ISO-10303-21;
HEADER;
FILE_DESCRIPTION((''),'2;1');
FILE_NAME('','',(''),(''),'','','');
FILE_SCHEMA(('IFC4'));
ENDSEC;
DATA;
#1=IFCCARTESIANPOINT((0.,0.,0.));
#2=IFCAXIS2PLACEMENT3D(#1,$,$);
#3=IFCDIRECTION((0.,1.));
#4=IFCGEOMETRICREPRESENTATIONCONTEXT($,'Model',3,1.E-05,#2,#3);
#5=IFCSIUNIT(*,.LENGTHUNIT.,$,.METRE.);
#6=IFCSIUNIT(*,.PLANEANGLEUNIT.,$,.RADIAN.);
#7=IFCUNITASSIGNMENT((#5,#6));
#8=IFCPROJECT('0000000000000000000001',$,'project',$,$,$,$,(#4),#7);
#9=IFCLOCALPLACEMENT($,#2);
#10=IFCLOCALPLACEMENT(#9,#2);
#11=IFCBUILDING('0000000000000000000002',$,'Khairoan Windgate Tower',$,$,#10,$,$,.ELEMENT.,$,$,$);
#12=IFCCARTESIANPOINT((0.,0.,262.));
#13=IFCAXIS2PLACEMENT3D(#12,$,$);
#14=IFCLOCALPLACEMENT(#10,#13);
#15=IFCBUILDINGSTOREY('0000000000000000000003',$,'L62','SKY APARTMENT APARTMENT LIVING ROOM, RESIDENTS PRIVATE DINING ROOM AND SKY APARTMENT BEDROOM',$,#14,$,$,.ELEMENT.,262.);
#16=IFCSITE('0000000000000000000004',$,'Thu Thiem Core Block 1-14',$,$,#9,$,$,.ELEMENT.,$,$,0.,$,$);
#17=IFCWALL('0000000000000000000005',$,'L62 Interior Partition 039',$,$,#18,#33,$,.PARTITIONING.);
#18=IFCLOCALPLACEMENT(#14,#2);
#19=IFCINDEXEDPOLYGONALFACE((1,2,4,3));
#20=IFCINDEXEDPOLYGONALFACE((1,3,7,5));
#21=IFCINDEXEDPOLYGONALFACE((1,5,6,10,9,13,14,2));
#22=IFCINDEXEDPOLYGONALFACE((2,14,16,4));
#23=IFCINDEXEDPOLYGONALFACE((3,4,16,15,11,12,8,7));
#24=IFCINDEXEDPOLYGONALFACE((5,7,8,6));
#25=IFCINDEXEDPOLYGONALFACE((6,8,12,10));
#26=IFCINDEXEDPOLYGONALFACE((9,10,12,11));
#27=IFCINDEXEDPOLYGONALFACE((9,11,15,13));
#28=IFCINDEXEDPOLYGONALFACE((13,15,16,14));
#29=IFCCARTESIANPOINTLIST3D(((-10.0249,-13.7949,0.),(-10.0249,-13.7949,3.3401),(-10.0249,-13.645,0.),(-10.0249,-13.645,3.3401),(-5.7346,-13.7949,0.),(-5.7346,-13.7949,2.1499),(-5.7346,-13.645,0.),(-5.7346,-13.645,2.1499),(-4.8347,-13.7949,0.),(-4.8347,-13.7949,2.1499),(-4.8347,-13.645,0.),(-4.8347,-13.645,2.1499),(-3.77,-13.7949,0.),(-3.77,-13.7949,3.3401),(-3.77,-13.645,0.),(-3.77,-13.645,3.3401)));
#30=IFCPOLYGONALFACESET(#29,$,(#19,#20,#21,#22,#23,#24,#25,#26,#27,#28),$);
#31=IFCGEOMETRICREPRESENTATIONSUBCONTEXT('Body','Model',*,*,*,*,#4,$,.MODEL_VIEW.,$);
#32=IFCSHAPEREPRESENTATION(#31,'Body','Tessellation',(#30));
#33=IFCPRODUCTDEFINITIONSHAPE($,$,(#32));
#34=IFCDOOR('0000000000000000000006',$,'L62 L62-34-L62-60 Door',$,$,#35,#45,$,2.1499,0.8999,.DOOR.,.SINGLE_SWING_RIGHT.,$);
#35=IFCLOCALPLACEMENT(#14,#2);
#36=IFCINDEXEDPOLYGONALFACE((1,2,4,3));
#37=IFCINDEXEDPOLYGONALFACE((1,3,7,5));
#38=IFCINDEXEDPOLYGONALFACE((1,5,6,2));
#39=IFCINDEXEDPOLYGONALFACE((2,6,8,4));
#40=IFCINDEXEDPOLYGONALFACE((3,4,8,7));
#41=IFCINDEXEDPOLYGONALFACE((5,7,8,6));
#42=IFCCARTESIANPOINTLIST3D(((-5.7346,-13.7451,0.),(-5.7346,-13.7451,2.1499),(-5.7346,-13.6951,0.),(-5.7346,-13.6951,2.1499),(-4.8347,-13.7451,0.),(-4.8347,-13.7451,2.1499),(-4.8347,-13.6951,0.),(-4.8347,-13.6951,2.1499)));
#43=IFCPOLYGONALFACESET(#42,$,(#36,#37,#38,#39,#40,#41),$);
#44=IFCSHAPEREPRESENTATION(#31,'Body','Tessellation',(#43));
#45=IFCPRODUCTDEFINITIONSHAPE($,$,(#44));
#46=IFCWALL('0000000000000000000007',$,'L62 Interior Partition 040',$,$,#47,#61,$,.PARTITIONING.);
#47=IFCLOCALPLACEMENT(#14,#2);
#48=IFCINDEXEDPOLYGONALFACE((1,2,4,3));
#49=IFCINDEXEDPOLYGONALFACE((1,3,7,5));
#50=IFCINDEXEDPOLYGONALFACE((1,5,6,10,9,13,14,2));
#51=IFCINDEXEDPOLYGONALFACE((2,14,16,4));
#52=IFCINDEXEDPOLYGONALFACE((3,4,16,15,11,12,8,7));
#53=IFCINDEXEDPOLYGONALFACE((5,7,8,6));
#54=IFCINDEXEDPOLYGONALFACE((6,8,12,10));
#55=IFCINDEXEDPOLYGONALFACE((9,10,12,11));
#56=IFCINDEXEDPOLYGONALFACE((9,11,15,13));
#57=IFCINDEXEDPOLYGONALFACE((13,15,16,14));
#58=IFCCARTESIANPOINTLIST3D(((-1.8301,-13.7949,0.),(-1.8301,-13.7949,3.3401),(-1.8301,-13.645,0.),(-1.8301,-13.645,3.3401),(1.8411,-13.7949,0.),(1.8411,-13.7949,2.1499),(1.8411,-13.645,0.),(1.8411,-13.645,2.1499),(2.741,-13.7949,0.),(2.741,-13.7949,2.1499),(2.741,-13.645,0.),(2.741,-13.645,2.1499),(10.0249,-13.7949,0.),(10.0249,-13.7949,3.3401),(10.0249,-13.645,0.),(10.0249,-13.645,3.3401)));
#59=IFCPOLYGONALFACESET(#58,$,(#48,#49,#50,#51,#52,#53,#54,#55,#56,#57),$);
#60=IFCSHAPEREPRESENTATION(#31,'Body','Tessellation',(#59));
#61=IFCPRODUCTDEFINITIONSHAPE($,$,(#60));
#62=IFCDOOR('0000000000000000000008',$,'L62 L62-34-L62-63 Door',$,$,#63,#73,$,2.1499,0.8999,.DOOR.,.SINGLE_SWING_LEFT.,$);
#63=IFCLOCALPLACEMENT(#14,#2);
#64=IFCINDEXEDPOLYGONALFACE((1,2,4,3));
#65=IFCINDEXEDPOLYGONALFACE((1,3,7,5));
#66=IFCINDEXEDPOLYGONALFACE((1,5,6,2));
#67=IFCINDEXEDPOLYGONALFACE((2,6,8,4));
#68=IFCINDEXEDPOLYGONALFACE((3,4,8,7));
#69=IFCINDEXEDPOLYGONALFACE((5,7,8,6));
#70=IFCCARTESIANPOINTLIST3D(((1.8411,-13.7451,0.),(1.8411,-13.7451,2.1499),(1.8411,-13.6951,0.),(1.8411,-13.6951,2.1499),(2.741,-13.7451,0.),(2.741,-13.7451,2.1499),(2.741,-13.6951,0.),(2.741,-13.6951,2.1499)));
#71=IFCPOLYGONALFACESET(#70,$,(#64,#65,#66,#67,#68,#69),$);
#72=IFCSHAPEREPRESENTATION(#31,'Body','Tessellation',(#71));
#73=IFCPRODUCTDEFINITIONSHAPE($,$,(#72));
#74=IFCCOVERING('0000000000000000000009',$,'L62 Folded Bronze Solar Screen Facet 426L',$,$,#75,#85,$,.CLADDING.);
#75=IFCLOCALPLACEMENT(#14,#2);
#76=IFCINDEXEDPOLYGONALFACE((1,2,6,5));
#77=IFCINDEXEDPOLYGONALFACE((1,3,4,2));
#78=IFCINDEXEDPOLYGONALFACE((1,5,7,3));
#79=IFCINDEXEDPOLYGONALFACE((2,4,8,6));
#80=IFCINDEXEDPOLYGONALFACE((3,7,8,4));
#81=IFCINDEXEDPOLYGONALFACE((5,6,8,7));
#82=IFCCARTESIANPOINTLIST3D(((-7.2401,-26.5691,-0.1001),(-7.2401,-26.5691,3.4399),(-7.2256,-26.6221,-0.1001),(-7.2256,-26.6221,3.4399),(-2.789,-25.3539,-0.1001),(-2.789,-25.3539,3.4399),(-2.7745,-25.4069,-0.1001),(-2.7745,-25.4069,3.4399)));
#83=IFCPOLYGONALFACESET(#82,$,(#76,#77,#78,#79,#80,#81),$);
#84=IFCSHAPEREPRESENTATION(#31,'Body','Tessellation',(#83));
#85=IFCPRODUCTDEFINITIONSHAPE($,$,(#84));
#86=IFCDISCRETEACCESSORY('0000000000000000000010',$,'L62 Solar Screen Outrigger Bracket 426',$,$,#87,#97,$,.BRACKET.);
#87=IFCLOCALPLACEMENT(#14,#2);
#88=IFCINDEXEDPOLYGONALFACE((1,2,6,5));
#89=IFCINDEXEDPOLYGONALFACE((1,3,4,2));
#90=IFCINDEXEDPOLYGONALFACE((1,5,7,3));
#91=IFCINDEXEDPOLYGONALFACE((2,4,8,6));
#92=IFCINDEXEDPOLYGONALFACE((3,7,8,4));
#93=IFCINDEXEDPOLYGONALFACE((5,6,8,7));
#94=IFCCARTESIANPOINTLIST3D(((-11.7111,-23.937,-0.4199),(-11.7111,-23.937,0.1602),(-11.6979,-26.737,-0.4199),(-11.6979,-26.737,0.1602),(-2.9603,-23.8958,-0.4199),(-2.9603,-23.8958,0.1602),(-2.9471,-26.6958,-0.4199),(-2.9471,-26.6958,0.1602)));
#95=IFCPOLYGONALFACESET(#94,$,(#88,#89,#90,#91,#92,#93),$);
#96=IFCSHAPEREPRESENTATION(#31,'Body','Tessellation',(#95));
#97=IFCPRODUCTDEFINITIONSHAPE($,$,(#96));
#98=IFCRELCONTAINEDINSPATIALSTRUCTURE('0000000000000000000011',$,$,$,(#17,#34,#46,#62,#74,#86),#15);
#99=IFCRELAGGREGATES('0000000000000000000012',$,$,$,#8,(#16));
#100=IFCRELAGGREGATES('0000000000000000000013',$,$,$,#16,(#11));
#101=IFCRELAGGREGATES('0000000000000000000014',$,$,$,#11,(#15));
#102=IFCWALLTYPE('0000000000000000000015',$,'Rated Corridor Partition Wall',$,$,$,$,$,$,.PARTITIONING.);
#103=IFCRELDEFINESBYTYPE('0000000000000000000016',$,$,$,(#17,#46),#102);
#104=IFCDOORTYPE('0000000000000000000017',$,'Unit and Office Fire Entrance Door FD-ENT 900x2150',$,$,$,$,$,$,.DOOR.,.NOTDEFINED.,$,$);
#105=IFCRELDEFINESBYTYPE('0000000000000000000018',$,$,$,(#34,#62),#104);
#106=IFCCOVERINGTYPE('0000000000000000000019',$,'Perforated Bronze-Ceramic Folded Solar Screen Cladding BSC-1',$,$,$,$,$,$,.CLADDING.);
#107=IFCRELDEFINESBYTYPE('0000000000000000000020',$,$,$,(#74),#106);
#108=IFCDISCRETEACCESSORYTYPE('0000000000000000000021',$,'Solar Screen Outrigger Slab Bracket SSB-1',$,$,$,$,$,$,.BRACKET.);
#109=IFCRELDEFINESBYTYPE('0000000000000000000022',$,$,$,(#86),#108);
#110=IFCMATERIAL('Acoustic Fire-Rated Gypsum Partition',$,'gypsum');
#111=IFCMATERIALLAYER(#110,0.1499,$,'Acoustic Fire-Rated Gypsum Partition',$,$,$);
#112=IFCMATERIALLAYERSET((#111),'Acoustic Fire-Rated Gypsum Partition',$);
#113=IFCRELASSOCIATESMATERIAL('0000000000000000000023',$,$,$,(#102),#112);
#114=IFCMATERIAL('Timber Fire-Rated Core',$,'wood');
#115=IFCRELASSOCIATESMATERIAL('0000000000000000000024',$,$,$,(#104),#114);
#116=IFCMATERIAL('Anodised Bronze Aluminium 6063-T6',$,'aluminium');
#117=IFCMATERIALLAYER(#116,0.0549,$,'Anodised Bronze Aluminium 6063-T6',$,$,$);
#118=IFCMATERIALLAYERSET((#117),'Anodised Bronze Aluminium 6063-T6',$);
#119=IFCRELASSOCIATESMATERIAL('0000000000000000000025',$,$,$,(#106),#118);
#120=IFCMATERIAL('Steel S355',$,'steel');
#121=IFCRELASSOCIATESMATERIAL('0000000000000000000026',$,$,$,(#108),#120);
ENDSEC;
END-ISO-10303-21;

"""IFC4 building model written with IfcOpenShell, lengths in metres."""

from ifc_helpers import new_model, si_unit, direction, frame, frame_2d, origin, origin_2d, place, context, subcontext, project, spatial, rectangle, extrude, material, layer, layer_set, type_object, element, fill, save


model = new_model("IFC4")

# Units and contexts
model_context = context("Model", 3, precision=1e-05, world=origin(), true_north=direction((0.0, 1.0)))
body_context = subcontext(model_context, "Body", "Model", "MODEL_VIEW")
ifc_project = project(units=[si_unit("LENGTHUNIT", "METRE"), si_unit("PLANEANGLEUNIT", "RADIAN")], contexts=[model_context])

# Site, building, storey
site_placement = place(None, origin())
site = spatial("IfcSite", under=ifc_project, at=site_placement, Name="Thu Thiem Core Block 1-14", CompositionType="ELEMENT", RefElevation=0.0)
building_placement = place(site_placement, origin())
building = spatial("IfcBuilding", under=site, at=building_placement, Name="Khairoan Windgate Tower", CompositionType="ELEMENT")
storey_placement = place(building_placement, frame((0.0, 0.0, 262.0)))
storey = spatial("IfcBuildingStorey", under=building, at=storey_placement, Name="L62", Description="SKY APARTMENT APARTMENT LIVING ROOM, RESIDENTS PRIVATE DINING ROOM AND SKY APARTMENT BEDROOM", CompositionType="ELEMENT", Elevation=262.0)

# Walls, openings, doors
ifc_material_1 = material(Name="Acoustic Fire-Rated Gypsum Partition", Category="gypsum")
ifc_layer_1 = layer(ifc_material_1, 0.1499, Name="Acoustic Fire-Rated Gypsum Partition")
ifc_layer_set_1 = layer_set([ifc_layer_1], Name="Acoustic Fire-Rated Gypsum Partition")
wall_type_1 = type_object("IfcWallType", Name="Rated Corridor Partition Wall", PredefinedType="PARTITIONING", material=ifc_layer_set_1)
ifc_material_2 = material(Name="Timber Fire-Rated Core", Category="wood")
door_type_1 = type_object("IfcDoorType", Name="Unit and Office Fire Entrance Door FD-ENT 900x2150", OperationType="NOTDEFINED", PredefinedType="DOOR", material=ifc_material_2)
wall_1_placement = place(storey_placement, frame((-10.0249, -13.72, 0.0), z_axis=(0.0, 0.0, 1.0), x_axis=(1.0, 0.0, 0.0)))
wall_1 = element("IfcWall", 1, at=wall_1_placement, inside=storey, type_object=wall_type_1, Name="L62 Interior Partition 039", PredefinedType="PARTITIONING", context=body_context, shape_type="SweptSolid", body=[
    extrude(rectangle(XDim=6.2549, YDim=0.1499, at=frame_2d((3.1274, 0.0))), origin(), (0.0, 0.0, 1.0), 3.3401),
])
opening_1_placement = place(wall_1_placement, frame((4.2903, 0.0, 0.0)))
opening_1 = element("IfcOpeningElement", 2, at=opening_1_placement, cuts=wall_1, PredefinedType="OPENING", context=body_context, shape_type="SweptSolid", body=[
    extrude(rectangle(XDim=0.8999, YDim=2.1499, at=frame_2d((0.45, 1.075))), frame((0.0, 0.085, 0.0), z_axis=(0.0, -1.0, 0.0), x_axis=(1.0, 0.0, 0.0)), (0.0, 0.0, 1.0), 0.1699),
])
door_1_placement = place(opening_1_placement, origin())
door_1 = element("IfcDoor", 3, at=door_1_placement, inside=storey, type_object=door_type_1, Name="L62 L62-34-L62-60 Door", OperationType="SINGLE_SWING_RIGHT", OverallHeight=2.1499, OverallWidth=0.8999, PredefinedType="DOOR", context=body_context, shape_type="SweptSolid", body=[
    extrude(rectangle(XDim=0.8999, YDim=2.1499, at=frame_2d((0.45, 1.075))), frame((0.0, 0.0249, 0.0), z_axis=(0.0, -1.0, 0.0), x_axis=(1.0, 0.0, 0.0)), (0.0, 0.0, 1.0), 0.05),
])
fill(opening_1, door_1)
wall_2_placement = place(storey_placement, frame((-1.8301, -13.72, 0.0), z_axis=(0.0, 0.0, 1.0), x_axis=(1.0, 0.0, 0.0)))
wall_2 = element("IfcWall", 4, at=wall_2_placement, inside=storey, type_object=wall_type_1, Name="L62 Interior Partition 040", PredefinedType="PARTITIONING", context=body_context, shape_type="SweptSolid", body=[
    extrude(rectangle(XDim=11.855, YDim=0.1499, at=frame_2d((5.9275, 0.0))), origin(), (0.0, 0.0, 1.0), 3.3401),
])
opening_2_placement = place(wall_2_placement, frame((3.6711, 0.0, 0.0)))
opening_2 = element("IfcOpeningElement", 5, at=opening_2_placement, cuts=wall_2, PredefinedType="OPENING", context=body_context, shape_type="SweptSolid", body=[
    extrude(rectangle(XDim=0.8999, YDim=2.1499, at=frame_2d((0.45, 1.075))), frame((0.0, 0.085, 0.0), z_axis=(0.0, -1.0, 0.0), x_axis=(1.0, 0.0, 0.0)), (0.0, 0.0, 1.0), 0.1699),
])
door_2_placement = place(opening_2_placement, origin())
door_2 = element("IfcDoor", 6, at=door_2_placement, inside=storey, type_object=door_type_1, Name="L62 L62-34-L62-63 Door", OperationType="SINGLE_SWING_LEFT", OverallHeight=2.1499, OverallWidth=0.8999, PredefinedType="DOOR", context=body_context, shape_type="SweptSolid", body=[
    extrude(rectangle(XDim=0.8999, YDim=2.1499, at=frame_2d((0.45, 1.075))), frame((0.0, 0.0249, 0.0), z_axis=(0.0, -1.0, 0.0), x_axis=(1.0, 0.0, 0.0)), (0.0, 0.0, 1.0), 0.05),
])
fill(opening_2, door_2)

# Covering
ifc_material_3 = material(Name="Anodised Bronze Aluminium 6063-T6", Category="aluminium")
ifc_layer_2 = layer(ifc_material_3, 0.0549, Name="Anodised Bronze Aluminium 6063-T6")
ifc_layer_set_2 = layer_set([ifc_layer_2], Name="Anodised Bronze Aluminium 6063-T6")
covering_type = type_object("IfcCoveringType", Name="Perforated Bronze-Ceramic Folded Solar Screen Cladding BSC-1", PredefinedType="CLADDING", material=ifc_layer_set_2)
covering_placement = place(storey_placement, frame((-5.0073, -25.988, -0.1001), z_axis=(0.0, 0.0, 1.0), x_axis=(-0.964695, -0.263368, 0.0)))
element("IfcCovering", 7, at=covering_placement, inside=storey, type_object=covering_type, Name="L62 Folded Bronze Solar Screen Facet 426L", PredefinedType="CLADDING", context=body_context, shape_type="SweptSolid", body=[
    extrude(rectangle(XDim=4.614, YDim=0.0549, at=origin_2d()), origin(), (0.0, 0.0, 1.0), 3.54),
])

# Discrete accessory
ifc_material_4 = material(Name="Steel S355", Category="steel")
discrete_accessory_type = type_object("IfcDiscreteAccessoryType", Name="Solar Screen Outrigger Slab Bracket SSB-1", PredefinedType="BRACKET", material=ifc_material_4)
discrete_accessory_placement = place(storey_placement, frame((-7.3291, -25.3164, -0.4199), z_axis=(0.0, 0.0, 1.0), x_axis=(-0.999989, -0.004712, 0.0)))
element("IfcDiscreteAccessory", 8, at=discrete_accessory_placement, inside=storey, type_object=discrete_accessory_type, Name="L62 Solar Screen Outrigger Bracket 426", PredefinedType="BRACKET", context=body_context, shape_type="SweptSolid", body=[
    extrude(rectangle(XDim=8.751, YDim=2.8, at=origin_2d()), origin(), (0.0, 0.0, 1.0), 0.5801),
])

save(model, "model.ifc")
